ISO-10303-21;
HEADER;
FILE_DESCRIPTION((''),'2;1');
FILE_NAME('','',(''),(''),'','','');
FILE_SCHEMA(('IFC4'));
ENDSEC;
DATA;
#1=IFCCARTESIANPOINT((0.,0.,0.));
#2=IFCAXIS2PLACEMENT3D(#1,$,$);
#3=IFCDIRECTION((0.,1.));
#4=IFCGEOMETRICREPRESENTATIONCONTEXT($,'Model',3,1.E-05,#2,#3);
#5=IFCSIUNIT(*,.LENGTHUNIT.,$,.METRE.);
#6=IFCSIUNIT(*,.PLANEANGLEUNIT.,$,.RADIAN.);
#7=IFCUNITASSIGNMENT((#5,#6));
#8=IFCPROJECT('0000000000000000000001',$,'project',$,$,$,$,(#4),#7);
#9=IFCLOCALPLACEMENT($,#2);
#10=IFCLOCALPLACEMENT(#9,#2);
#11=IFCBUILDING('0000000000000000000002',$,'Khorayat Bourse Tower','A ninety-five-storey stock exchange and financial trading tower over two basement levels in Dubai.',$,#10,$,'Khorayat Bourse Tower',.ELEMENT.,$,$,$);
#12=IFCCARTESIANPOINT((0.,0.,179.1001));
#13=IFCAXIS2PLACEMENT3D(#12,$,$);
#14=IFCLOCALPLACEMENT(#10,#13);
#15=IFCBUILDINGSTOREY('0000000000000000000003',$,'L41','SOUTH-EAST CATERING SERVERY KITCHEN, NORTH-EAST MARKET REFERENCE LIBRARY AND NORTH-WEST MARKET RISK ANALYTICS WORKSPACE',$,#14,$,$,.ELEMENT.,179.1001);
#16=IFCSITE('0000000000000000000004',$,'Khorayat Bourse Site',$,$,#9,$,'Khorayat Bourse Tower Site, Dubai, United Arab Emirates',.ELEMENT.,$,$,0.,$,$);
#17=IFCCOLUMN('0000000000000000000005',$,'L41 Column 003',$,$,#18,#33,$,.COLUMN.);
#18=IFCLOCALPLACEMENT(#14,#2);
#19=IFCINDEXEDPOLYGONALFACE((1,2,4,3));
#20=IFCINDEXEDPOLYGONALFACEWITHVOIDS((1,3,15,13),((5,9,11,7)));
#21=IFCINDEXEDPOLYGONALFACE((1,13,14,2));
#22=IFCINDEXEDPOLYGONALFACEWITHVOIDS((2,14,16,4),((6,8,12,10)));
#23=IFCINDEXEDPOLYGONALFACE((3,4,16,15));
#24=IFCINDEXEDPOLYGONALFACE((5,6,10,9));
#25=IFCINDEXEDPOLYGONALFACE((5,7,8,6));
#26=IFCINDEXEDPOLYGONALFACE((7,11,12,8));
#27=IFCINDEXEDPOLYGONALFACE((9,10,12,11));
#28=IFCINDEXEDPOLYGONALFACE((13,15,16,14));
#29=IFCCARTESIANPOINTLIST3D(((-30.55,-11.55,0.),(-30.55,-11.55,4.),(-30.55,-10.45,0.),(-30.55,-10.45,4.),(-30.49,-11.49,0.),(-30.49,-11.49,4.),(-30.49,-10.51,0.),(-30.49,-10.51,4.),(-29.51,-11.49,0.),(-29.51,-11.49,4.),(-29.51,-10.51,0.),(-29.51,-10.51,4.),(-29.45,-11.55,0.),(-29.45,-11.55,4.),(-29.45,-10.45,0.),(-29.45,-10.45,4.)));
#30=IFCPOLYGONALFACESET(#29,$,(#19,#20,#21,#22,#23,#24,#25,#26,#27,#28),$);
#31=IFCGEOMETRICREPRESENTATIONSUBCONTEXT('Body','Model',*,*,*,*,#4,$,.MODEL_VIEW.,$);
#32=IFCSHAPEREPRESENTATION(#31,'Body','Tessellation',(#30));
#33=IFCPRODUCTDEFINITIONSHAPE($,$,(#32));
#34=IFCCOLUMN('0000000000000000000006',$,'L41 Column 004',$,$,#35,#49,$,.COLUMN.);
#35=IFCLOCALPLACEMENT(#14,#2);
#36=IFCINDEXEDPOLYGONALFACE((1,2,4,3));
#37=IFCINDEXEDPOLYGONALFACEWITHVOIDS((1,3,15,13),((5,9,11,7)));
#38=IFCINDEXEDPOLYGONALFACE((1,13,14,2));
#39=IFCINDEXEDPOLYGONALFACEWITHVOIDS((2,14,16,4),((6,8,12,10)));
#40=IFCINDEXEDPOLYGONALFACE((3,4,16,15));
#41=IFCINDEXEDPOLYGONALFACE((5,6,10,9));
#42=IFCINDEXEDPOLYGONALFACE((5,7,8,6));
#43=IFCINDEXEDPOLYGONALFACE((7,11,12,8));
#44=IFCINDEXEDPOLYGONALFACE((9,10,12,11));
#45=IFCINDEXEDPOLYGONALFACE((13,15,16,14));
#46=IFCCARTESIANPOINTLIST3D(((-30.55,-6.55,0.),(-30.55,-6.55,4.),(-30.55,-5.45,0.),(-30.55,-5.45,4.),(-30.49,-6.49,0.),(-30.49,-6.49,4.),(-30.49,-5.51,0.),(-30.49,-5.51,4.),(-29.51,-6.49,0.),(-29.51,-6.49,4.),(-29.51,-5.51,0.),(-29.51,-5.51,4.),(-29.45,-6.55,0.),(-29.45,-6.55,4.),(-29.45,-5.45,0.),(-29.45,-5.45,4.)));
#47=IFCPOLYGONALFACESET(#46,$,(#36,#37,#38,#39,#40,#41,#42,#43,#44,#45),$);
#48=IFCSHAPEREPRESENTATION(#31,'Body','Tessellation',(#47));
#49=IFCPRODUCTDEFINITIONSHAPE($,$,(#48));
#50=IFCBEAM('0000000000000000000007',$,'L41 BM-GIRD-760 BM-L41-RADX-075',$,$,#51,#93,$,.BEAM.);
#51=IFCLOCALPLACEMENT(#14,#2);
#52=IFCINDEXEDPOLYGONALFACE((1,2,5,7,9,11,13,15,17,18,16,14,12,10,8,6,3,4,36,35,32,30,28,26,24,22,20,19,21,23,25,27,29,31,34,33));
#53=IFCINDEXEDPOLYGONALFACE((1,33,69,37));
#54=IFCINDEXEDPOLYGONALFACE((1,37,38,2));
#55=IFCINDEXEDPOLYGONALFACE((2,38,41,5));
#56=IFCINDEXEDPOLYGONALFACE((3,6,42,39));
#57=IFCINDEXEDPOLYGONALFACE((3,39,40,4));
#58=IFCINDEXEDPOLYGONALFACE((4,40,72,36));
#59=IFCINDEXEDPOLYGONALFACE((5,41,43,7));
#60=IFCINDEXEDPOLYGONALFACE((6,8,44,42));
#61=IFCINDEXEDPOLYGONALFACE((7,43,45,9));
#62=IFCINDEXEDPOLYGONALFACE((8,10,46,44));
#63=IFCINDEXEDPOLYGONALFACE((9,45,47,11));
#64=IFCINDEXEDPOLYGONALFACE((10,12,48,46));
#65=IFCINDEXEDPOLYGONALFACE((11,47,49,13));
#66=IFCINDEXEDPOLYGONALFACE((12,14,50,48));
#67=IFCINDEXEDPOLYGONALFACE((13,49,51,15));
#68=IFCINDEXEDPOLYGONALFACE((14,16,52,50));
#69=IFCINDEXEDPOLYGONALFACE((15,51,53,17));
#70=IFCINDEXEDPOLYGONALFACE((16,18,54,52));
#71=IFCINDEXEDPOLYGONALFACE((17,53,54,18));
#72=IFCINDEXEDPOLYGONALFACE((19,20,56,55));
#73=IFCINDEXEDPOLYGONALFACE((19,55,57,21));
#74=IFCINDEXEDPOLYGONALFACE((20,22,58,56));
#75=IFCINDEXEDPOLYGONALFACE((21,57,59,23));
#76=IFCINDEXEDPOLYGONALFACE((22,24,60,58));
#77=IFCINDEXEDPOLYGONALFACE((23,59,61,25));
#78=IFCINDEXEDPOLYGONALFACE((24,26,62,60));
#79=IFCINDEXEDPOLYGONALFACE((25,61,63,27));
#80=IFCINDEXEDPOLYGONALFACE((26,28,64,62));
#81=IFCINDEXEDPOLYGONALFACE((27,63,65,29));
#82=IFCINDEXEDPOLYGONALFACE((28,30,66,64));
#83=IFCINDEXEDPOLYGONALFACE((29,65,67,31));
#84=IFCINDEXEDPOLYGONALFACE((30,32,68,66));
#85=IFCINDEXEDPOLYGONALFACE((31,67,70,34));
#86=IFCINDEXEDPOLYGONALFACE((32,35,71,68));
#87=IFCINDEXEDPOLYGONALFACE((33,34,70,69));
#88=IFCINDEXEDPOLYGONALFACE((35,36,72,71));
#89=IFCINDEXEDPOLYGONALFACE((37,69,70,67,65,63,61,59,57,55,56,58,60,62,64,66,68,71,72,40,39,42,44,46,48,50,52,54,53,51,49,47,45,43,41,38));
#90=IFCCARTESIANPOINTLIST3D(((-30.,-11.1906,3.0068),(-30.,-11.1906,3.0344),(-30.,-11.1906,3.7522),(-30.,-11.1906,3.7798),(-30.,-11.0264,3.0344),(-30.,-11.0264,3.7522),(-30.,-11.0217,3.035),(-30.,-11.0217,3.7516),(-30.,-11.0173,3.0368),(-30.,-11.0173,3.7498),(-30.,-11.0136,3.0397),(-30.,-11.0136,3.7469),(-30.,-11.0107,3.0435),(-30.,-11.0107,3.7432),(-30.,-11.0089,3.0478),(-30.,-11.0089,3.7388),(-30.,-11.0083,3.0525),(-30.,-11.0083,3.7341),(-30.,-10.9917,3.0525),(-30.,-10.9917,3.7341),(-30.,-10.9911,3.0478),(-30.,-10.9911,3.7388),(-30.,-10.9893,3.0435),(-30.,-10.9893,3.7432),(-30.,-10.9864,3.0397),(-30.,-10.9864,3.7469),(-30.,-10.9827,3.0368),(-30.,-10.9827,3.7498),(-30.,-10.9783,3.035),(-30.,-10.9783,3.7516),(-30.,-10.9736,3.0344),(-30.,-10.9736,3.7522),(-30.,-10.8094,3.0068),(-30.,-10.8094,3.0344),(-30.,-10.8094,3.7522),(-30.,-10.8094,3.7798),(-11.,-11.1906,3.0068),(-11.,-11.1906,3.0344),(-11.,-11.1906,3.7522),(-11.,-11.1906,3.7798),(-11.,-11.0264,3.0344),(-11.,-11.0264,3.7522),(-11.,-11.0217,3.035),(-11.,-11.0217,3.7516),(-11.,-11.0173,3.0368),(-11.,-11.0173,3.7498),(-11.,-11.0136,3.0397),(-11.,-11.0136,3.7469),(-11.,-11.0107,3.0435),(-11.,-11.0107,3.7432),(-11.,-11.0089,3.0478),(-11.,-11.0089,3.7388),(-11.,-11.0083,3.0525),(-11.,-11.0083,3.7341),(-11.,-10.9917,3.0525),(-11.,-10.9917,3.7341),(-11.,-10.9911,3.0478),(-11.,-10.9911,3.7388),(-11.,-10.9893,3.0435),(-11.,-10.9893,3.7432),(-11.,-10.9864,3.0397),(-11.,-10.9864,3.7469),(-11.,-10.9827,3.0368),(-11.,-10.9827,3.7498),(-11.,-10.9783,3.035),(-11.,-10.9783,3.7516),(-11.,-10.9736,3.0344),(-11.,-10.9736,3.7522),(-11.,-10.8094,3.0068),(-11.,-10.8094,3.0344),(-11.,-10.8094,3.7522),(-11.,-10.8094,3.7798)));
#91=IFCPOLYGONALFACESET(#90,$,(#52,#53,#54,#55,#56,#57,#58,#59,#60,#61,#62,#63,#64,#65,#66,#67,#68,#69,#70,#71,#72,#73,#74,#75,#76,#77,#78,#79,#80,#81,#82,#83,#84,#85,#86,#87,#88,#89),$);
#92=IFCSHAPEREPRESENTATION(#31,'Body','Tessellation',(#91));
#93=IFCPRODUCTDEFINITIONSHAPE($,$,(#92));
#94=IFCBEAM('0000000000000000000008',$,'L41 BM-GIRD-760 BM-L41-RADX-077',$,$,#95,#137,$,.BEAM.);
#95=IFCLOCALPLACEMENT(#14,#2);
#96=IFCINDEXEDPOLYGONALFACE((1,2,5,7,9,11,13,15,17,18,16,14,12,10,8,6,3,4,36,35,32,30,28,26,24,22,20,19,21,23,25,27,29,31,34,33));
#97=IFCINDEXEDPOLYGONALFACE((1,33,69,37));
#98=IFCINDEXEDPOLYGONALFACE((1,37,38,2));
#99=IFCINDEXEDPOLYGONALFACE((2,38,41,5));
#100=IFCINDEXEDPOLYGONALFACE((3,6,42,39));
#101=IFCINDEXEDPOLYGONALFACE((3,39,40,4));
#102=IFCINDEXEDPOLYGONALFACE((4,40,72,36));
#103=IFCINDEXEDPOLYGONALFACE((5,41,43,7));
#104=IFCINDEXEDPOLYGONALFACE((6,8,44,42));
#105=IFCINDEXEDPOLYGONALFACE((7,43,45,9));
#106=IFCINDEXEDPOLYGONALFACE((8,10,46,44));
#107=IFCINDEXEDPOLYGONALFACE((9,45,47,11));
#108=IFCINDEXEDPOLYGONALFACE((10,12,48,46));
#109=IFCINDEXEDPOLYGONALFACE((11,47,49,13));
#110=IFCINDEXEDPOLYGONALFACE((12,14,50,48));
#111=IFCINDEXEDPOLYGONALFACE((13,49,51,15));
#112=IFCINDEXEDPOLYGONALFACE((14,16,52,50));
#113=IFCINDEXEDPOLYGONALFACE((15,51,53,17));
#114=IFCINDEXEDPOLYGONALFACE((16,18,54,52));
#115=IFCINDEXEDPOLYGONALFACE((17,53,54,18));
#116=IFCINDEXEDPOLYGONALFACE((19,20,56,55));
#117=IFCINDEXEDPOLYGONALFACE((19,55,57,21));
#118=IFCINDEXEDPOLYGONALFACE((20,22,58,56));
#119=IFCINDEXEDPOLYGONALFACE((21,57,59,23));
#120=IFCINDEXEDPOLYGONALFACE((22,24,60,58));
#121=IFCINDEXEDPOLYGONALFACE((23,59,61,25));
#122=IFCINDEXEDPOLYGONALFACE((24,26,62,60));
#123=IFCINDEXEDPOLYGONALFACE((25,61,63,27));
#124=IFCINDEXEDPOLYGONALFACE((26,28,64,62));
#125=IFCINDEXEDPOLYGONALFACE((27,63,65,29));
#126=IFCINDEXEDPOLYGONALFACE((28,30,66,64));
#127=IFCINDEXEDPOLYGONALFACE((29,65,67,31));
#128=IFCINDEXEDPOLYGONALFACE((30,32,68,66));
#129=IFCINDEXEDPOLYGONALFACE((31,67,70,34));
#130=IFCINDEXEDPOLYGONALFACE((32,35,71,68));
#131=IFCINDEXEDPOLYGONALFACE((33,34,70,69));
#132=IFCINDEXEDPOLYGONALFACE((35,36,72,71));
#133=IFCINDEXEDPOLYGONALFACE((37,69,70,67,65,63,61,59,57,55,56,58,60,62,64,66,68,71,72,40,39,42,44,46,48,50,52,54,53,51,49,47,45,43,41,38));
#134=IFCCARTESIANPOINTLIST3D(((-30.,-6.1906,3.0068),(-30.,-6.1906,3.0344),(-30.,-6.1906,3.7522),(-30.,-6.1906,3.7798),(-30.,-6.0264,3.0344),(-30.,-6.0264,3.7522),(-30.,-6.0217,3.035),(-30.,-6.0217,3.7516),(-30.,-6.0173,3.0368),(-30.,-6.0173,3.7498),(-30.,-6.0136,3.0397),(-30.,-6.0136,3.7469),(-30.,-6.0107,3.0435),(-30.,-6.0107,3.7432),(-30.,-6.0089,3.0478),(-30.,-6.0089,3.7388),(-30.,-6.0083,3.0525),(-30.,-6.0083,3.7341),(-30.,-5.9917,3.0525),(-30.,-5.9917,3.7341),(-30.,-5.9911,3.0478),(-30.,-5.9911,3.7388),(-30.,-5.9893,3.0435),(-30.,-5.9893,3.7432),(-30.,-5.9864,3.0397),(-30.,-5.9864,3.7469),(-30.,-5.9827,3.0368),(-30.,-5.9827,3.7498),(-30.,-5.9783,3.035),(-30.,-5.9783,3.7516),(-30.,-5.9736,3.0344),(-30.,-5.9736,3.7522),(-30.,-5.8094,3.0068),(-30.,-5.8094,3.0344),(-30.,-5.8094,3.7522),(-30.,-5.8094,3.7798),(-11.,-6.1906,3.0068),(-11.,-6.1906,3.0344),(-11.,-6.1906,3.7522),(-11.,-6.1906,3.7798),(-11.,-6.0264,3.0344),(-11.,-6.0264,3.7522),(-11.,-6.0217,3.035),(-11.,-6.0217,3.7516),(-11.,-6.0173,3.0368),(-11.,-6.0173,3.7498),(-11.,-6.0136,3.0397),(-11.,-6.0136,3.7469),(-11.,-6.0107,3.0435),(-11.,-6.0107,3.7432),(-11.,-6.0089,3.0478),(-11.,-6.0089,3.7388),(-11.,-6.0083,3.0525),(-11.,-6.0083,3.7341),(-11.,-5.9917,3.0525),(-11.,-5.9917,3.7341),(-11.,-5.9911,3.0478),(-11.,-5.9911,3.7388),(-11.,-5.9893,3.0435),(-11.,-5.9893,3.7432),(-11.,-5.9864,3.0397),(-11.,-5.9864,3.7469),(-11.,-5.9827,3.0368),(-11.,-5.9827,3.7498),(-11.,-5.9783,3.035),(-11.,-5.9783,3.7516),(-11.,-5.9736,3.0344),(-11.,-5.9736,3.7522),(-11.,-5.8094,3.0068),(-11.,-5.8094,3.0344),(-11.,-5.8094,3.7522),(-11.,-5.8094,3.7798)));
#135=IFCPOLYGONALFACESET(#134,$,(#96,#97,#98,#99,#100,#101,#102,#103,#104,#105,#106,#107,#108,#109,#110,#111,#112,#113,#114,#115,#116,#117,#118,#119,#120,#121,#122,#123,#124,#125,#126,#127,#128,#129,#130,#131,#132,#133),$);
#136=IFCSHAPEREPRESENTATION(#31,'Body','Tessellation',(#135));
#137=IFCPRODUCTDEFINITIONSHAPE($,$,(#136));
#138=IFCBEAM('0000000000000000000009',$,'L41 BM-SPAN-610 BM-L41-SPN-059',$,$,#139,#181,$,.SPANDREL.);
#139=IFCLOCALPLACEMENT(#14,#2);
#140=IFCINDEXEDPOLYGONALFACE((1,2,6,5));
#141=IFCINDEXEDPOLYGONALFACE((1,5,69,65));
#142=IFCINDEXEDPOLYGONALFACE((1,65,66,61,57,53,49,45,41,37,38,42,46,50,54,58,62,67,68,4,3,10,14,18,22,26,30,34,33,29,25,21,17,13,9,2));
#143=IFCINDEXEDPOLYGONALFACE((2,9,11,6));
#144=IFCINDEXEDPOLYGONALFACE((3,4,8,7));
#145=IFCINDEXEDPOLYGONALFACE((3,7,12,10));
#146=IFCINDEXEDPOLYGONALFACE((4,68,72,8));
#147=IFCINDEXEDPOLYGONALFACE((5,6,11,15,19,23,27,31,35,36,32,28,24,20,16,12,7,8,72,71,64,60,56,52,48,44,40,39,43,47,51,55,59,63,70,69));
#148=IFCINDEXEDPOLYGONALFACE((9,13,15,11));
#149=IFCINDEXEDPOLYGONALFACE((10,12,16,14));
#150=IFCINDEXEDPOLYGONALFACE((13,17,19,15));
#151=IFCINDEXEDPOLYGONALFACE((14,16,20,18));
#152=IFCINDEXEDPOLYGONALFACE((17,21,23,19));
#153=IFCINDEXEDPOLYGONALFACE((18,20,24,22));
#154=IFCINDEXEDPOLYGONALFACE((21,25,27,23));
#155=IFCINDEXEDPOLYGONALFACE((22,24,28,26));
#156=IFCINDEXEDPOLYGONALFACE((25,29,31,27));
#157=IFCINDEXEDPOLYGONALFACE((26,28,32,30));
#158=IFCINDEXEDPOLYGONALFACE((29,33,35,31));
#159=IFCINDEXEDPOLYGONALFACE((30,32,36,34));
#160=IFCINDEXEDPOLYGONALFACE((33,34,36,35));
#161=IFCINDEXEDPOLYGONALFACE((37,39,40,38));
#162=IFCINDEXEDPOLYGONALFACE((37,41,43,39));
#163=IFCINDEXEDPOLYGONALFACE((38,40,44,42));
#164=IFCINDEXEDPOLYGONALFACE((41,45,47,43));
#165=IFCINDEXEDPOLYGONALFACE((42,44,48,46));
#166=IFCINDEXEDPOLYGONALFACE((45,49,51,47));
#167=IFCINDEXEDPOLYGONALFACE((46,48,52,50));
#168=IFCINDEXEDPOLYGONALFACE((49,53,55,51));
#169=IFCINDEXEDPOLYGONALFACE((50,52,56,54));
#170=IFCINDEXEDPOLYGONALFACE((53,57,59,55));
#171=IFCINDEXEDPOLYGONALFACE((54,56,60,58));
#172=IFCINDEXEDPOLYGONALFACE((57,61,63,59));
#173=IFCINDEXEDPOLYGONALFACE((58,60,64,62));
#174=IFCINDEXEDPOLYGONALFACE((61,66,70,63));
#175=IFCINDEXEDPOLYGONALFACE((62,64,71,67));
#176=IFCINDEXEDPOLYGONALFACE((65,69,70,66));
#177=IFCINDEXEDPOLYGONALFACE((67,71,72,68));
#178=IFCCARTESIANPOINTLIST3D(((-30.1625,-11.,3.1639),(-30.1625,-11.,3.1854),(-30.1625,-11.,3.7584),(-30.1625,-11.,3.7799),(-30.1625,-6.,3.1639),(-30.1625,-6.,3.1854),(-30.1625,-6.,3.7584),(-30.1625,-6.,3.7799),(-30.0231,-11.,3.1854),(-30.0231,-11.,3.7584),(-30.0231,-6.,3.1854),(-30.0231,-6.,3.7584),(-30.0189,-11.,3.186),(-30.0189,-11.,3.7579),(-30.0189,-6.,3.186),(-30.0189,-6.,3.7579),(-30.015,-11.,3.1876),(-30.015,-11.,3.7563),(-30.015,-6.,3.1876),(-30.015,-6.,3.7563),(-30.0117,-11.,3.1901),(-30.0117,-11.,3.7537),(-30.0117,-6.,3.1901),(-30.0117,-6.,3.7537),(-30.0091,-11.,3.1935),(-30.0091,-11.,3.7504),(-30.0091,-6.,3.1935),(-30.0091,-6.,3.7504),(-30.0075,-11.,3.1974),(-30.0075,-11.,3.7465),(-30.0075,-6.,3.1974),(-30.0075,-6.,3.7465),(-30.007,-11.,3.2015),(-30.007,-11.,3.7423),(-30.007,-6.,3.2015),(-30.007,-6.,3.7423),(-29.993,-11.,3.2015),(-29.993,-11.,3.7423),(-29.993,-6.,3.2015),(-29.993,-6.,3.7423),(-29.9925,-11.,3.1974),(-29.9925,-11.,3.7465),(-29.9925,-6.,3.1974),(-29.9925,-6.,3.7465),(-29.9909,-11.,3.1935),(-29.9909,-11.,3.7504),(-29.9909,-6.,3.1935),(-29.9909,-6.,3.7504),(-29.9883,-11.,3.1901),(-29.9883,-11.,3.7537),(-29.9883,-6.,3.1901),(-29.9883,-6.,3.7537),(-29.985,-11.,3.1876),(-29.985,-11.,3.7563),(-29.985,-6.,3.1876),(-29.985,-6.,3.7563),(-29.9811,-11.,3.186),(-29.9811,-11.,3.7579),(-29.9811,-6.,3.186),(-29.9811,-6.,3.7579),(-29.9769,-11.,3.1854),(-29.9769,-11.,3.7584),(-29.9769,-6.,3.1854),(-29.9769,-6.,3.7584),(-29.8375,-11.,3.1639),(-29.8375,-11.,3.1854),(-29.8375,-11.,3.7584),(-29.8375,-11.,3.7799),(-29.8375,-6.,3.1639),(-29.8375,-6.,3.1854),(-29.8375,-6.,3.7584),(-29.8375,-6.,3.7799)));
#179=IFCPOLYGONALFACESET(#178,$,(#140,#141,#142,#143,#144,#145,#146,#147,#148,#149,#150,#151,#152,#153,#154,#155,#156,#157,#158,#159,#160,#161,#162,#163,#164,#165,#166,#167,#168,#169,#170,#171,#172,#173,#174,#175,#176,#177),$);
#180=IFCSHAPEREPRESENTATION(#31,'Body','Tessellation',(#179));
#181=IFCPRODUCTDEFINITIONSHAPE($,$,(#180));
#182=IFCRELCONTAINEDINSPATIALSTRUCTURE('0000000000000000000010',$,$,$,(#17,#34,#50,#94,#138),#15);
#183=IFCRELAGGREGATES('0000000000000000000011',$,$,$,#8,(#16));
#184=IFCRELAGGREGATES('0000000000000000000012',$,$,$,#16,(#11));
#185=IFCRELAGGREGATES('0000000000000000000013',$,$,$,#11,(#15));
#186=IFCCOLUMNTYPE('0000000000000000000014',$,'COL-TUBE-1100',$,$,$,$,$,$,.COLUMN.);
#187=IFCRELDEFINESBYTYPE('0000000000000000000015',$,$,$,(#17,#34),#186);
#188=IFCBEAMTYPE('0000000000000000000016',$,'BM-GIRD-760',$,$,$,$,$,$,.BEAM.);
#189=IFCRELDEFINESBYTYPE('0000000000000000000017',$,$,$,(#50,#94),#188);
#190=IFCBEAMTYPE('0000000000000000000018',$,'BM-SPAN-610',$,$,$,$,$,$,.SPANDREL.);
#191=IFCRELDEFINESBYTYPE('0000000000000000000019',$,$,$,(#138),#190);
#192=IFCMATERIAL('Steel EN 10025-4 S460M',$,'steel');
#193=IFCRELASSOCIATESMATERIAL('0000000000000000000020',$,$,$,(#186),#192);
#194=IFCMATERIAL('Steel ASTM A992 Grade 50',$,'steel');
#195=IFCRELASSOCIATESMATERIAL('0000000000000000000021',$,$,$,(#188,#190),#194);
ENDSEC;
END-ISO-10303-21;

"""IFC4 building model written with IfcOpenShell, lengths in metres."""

from ifc_helpers import new_model, si_unit, direction, frame, origin, origin_2d, place, context, subcontext, project, spatial, hollow_rectangle, i_section, extrude, source, transform, mapped, material, material_profile, profile_set, type_object, element, save


model = new_model("IFC4")

# Units and contexts
model_context = context("Model", 3, precision=1e-05, world=origin(), true_north=direction((0.0, 1.0)))
body_context = subcontext(model_context, "Body", "Model", "MODEL_VIEW")
ifc_project = project(units=[si_unit("LENGTHUNIT", "METRE"), si_unit("PLANEANGLEUNIT", "RADIAN")], contexts=[model_context])

# Site, building, storey
site_placement = place(None, origin())
site = spatial("IfcSite", under=ifc_project, at=site_placement, Name="Khorayat Bourse Site", LongName="Khorayat Bourse Tower Site, Dubai, United Arab Emirates", CompositionType="ELEMENT", RefElevation=0.0)
building_placement = place(site_placement, origin())
building = spatial("IfcBuilding", under=site, at=building_placement, Name="Khorayat Bourse Tower", Description="A ninety-five-storey stock exchange and financial trading tower over two basement levels in Dubai.", LongName="Khorayat Bourse Tower", CompositionType="ELEMENT")
storey_placement = place(building_placement, frame((0.0, 0.0, 179.1001)))
storey = spatial("IfcBuildingStorey", under=building, at=storey_placement, Name="L41", Description="SOUTH-EAST CATERING SERVERY KITCHEN, NORTH-EAST MARKET REFERENCE LIBRARY AND NORTH-WEST MARKET RISK ANALYTICS WORKSPACE", CompositionType="ELEMENT", Elevation=179.1001)

# Columns
ifc_material_1 = material(Name="Steel EN 10025-4 S460M", Category="steel")
ifc_material_profile_1 = material_profile(ifc_material_1, hollow_rectangle(XDim=1.1001, YDim=1.1001, WallThickness=0.0601, at=origin_2d()), Name="BOX 1100x1100x60")
ifc_profile_set_1 = profile_set([ifc_material_profile_1], Name="Steel EN 10025-4 S460M")
column_type = type_object("IfcColumnType", Name="COL-TUBE-1100", PredefinedType="COLUMN", material=ifc_profile_set_1)
shared_shape_1 = source(origin(), body_context, "Body", "SweptSolid", [
    extrude(hollow_rectangle(XDim=1.1001, YDim=1.1001, WallThickness=0.0601, at=origin_2d()), origin(), (0.0, 0.0, 1.0), 4.0),
])
for number, where, z_axis, x_axis, name in (
    (1, (-30.0, -11.0, 0.0), (0.0, 0.0, 1.0), (1.0, 0.0, 0.0), "L41 Column 003"),
    (2, (-30.0, -6.0, 0.0), (0.0, 0.0, 1.0), (1.0, 0.0, 0.0), "L41 Column 004"),
):
    element("IfcColumn", number, at=place(storey_placement, frame(where, z_axis=z_axis, x_axis=x_axis)), inside=storey, type_object=column_type, Name=name, PredefinedType="COLUMN", context=body_context, shape_type="MappedRepresentation", body=[
        mapped(shared_shape_1, transform((0.0, 0.0, 0.0), scale=1.0)),
    ])

# Beams
ifc_material_2 = material(Name="Steel ASTM A992 Grade 50", Category="steel")
ifc_material_profile_2 = material_profile(ifc_material_2, i_section(OverallWidth=0.3811, OverallDepth=0.7729, WebThickness=0.0166, FlangeThickness=0.0276, FilletRadius=0.0181, at=origin_2d()), Name="W760X257")
ifc_profile_set_2 = profile_set([ifc_material_profile_2], Name="Steel ASTM A992 Grade 50")
beam_type_1 = type_object("IfcBeamType", Name="BM-GIRD-760", PredefinedType="BEAM", material=ifc_profile_set_2)
shared_shape_2 = source(origin(), body_context, "Body", "SweptSolid", [
    extrude(i_section(OverallWidth=0.3811, OverallDepth=0.7729, WebThickness=0.0166, FlangeThickness=0.0276, FilletRadius=0.0181, at=origin_2d()), origin(), (0.0, 0.0, 1.0), 19.0),
])
for number, where, z_axis, x_axis, name in (
    (3, (-30.0, -11.0, 3.3933), (1.0, 0.0, 0.0), (0.0, 1.0, 0.0), "L41 BM-GIRD-760 BM-L41-RADX-075"),
    (4, (-30.0, -6.0, 3.3933), (1.0, 0.0, 0.0), (0.0, 1.0, 0.0), "L41 BM-GIRD-760 BM-L41-RADX-077"),
):
    element("IfcBeam", number, at=place(storey_placement, frame(where, z_axis=z_axis, x_axis=x_axis)), inside=storey, type_object=beam_type_1, Name=name, PredefinedType="BEAM", context=body_context, shape_type="MappedRepresentation", body=[
        mapped(shared_shape_2, transform((0.0, 0.0, 0.0), scale=1.0)),
    ])
ifc_material_profile_3 = material_profile(ifc_material_2, i_section(OverallWidth=0.325, OverallDepth=0.616, WebThickness=0.0139, FlangeThickness=0.0215, FilletRadius=0.0161, at=origin_2d()), Name="W610X174")
ifc_profile_set_3 = profile_set([ifc_material_profile_3], Name="Steel ASTM A992 Grade 50")
beam_type_2 = type_object("IfcBeamType", Name="BM-SPAN-610", PredefinedType="SPANDREL", material=ifc_profile_set_3)
shared_shape_3 = source(origin(), body_context, "Body", "SweptSolid", [
    extrude(i_section(OverallWidth=0.325, OverallDepth=0.616, WebThickness=0.0139, FlangeThickness=0.0215, FilletRadius=0.0161, at=origin_2d()), origin(), (0.0, 0.0, 1.0), 5.0),
])
beam_1_placement = place(storey_placement, frame((-30.0, -11.0, 3.4719), z_axis=(0.0, 1.0, 0.0), x_axis=(-1.0, 0.0, 0.0)))
element("IfcBeam", 5, at=beam_1_placement, inside=storey, type_object=beam_type_2, Name="L41 BM-SPAN-610 BM-L41-SPN-059", PredefinedType="SPANDREL", context=body_context, shape_type="MappedRepresentation", body=[
    mapped(shared_shape_3, transform((0.0, 0.0, 0.0), scale=1.0)),
])

save(model, "model.ifc")
